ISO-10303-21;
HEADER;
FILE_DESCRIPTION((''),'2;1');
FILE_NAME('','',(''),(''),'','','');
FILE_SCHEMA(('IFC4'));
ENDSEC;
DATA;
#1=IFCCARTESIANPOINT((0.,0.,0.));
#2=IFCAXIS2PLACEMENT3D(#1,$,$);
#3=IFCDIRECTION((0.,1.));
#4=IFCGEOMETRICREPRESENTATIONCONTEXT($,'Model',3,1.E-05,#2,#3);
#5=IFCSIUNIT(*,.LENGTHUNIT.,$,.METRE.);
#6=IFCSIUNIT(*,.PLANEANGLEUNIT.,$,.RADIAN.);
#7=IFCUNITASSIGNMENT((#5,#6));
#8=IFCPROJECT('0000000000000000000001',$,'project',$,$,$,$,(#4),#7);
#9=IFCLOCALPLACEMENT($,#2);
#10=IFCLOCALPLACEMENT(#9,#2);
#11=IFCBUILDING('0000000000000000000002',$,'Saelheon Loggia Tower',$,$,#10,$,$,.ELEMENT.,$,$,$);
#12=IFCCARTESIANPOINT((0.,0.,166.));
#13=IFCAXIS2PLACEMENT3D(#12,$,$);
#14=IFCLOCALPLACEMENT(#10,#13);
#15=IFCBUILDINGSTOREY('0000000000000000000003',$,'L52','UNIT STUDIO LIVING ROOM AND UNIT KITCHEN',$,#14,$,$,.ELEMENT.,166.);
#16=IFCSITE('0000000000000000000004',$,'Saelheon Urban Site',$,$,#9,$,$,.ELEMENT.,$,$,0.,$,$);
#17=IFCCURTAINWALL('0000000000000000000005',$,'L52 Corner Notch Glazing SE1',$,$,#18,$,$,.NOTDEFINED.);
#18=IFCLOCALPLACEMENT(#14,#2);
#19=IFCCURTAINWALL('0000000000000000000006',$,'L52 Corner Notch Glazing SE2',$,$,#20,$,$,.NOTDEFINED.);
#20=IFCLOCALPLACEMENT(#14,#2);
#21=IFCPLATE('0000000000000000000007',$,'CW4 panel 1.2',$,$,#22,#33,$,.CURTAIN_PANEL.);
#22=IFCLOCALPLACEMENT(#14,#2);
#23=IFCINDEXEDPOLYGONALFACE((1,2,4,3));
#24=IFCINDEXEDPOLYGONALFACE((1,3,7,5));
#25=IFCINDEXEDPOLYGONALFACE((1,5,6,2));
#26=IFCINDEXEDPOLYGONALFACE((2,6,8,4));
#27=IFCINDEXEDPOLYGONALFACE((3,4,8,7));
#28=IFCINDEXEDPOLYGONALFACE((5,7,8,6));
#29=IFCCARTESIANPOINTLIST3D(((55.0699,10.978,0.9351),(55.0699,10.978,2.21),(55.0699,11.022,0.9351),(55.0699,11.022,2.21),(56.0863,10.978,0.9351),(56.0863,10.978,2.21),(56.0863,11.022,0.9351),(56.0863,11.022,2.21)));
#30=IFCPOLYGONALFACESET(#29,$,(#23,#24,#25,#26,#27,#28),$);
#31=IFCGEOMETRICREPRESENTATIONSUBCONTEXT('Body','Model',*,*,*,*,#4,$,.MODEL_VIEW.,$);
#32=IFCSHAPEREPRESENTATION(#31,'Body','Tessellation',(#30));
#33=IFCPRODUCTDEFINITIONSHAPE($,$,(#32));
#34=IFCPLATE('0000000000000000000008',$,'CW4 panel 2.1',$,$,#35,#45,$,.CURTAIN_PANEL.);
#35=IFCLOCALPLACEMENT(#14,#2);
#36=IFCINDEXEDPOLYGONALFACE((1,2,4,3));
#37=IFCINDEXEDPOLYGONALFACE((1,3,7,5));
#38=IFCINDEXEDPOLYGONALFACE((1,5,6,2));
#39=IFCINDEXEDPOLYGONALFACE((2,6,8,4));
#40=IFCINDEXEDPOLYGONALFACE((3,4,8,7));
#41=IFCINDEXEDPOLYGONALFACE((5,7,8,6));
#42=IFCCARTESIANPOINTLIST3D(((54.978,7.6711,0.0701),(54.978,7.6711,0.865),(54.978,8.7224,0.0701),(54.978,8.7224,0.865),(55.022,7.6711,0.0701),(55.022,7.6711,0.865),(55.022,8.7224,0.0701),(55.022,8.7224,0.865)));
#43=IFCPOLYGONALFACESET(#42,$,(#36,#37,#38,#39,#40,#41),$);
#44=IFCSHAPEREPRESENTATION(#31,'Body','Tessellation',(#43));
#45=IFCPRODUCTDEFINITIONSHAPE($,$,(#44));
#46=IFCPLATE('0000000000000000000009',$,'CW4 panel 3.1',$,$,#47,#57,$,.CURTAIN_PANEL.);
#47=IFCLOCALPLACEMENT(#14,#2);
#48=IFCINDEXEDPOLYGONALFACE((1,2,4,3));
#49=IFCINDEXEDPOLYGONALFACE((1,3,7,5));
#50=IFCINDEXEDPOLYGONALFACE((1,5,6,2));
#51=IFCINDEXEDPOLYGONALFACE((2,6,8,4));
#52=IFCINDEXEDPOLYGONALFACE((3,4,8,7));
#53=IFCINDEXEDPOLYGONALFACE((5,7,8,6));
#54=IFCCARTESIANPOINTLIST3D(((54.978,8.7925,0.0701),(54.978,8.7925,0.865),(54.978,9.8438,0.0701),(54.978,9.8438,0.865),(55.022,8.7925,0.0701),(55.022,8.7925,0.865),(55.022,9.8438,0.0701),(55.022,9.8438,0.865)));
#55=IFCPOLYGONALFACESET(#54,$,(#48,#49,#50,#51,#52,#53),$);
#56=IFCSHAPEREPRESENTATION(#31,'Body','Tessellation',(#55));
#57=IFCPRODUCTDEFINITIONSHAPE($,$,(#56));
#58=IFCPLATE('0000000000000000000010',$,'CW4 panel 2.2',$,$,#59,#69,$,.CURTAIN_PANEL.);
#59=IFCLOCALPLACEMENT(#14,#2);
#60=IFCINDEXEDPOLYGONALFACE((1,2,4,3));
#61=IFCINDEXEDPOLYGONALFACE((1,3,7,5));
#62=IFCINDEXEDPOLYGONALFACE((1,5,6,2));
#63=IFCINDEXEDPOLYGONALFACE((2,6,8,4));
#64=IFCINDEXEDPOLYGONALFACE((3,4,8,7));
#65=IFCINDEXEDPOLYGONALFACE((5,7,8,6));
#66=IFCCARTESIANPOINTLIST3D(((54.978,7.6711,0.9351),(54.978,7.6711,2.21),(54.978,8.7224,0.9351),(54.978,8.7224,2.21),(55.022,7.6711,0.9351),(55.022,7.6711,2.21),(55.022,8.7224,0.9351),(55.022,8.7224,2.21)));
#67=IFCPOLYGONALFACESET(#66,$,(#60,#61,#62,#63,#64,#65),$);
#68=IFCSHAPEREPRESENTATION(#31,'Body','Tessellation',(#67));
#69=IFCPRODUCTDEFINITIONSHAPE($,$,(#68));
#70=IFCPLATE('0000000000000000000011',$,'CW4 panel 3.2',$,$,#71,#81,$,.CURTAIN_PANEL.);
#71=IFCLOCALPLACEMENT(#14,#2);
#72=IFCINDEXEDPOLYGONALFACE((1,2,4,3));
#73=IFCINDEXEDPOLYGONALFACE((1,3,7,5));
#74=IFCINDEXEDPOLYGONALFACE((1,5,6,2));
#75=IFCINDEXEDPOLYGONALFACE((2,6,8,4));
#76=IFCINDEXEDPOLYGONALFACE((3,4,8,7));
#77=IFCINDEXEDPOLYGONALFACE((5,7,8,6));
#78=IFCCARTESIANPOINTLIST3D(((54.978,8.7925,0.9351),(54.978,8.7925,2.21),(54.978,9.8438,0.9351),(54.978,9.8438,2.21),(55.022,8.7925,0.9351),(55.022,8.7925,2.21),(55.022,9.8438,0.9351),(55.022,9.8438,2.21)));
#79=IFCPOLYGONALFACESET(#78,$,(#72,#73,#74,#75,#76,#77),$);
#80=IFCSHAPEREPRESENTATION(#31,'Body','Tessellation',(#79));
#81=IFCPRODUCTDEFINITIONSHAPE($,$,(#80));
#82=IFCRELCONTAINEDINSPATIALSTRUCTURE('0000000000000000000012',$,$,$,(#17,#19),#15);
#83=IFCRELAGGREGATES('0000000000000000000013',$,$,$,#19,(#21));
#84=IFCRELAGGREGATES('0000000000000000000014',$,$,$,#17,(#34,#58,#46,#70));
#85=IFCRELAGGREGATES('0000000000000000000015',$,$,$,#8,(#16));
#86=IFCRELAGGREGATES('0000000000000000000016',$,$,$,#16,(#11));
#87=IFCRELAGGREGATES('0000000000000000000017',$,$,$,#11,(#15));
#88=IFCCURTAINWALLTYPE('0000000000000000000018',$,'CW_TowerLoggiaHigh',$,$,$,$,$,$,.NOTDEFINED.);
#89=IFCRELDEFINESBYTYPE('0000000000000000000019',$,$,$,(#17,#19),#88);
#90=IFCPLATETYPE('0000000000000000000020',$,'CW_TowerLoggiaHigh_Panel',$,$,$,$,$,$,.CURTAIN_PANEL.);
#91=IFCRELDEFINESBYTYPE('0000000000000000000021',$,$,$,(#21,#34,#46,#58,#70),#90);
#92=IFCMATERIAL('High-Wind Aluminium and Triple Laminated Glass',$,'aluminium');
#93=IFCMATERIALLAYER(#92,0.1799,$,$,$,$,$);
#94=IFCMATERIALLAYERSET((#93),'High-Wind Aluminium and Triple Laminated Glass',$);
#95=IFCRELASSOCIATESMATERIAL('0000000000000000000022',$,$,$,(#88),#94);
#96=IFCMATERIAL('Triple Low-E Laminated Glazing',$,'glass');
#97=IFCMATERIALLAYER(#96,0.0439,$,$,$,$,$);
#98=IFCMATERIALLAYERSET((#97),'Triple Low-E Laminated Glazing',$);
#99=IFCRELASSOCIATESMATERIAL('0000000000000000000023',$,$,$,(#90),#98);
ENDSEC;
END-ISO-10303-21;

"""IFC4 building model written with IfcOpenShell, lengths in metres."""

from ifc_helpers import new_model, si_unit, direction, frame, origin, origin_2d, place, context, subcontext, project, spatial, rectangle, extrude, source, transform, mapped, material, layer, layer_set, type_object, element, aggregate, save


model = new_model("IFC4")

# Units and contexts
model_context = context("Model", 3, precision=1e-05, world=origin(), true_north=direction((0.0, 1.0)))
body_context = subcontext(model_context, "Body", "Model", "MODEL_VIEW")
ifc_project = project(units=[si_unit("LENGTHUNIT", "METRE"), si_unit("PLANEANGLEUNIT", "RADIAN")], contexts=[model_context])

# Site, building, storey
site_placement = place(None, origin())
site = spatial("IfcSite", under=ifc_project, at=site_placement, Name="Saelheon Urban Site", CompositionType="ELEMENT", RefElevation=0.0)
building_placement = place(site_placement, origin())
building = spatial("IfcBuilding", under=site, at=building_placement, Name="Saelheon Loggia Tower", CompositionType="ELEMENT")
storey_placement = place(building_placement, frame((0.0, 0.0, 166.0)))
storey = spatial("IfcBuildingStorey", under=building, at=storey_placement, Name="L52", Description="UNIT STUDIO LIVING ROOM AND UNIT KITCHEN", CompositionType="ELEMENT", Elevation=166.0)

# Curtain wall
ifc_material_1 = material(Name="High-Wind Aluminium and Triple Laminated Glass", Category="aluminium")
ifc_layer_1 = layer(ifc_material_1, 0.1799)
ifc_layer_set_1 = layer_set([ifc_layer_1], Name="High-Wind Aluminium and Triple Laminated Glass")
curtain_wall_type = type_object("IfcCurtainWallType", Name="CW_TowerLoggiaHigh", PredefinedType="NOTDEFINED", material=ifc_layer_set_1)
curtain_wall_1_placement = place(storey_placement, origin())
curtain_wall_1 = element("IfcCurtainWall", 1, at=curtain_wall_1_placement, inside=storey, type_object=curtain_wall_type, Name="L52 Corner Notch Glazing SE1", PredefinedType="NOTDEFINED")

# Curtain wall
curtain_wall_2_placement = place(storey_placement, origin())
curtain_wall_2 = element("IfcCurtainWall", 2, at=curtain_wall_2_placement, inside=storey, type_object=curtain_wall_type, Name="L52 Corner Notch Glazing SE2", PredefinedType="NOTDEFINED")

# Plates
ifc_material_2 = material(Name="Triple Low-E Laminated Glazing", Category="glass")
ifc_layer_2 = layer(ifc_material_2, 0.0439)
ifc_layer_set_2 = layer_set([ifc_layer_2], Name="Triple Low-E Laminated Glazing")
plate_type = type_object("IfcPlateType", Name="CW_TowerLoggiaHigh_Panel", PredefinedType="CURTAIN_PANEL", material=ifc_layer_set_2)
shared_shape_1 = source(origin(), body_context, "Body", "SweptSolid", [
    extrude(rectangle(XDim=1.0164, YDim=0.0439, at=origin_2d()), origin(), (0.0, 0.0, 1.0), 1.2749),
])
plate_1_placement = place(storey_placement, frame((55.5781, 11.0, 0.9351), z_axis=(0.0, 0.0, 1.0), x_axis=(1.0, 0.0, 0.0)))
plate_1 = element("IfcPlate", 3, at=plate_1_placement, type_object=plate_type, Name="CW4 panel 1.2", PredefinedType="CURTAIN_PANEL", context=body_context, shape_type="MappedRepresentation", body=[
    mapped(shared_shape_1, transform((0.0, 0.0, 0.0), scale=1.0)),
])
aggregate(curtain_wall_2, [plate_1])
shared_shape_2 = source(origin(), body_context, "Body", "SweptSolid", [
    extrude(rectangle(XDim=1.0513, YDim=0.0439, at=origin_2d()), origin(), (0.0, 0.0, 1.0), 0.7949),
])
plate_2_placement = place(storey_placement, frame((55.0, 8.1968, 0.0701), z_axis=(0.0, 0.0, 1.0), x_axis=(0.0, 1.0, 0.0)))
plate_2 = element("IfcPlate", 4, at=plate_2_placement, type_object=plate_type, Name="CW4 panel 2.1", PredefinedType="CURTAIN_PANEL", context=body_context, shape_type="MappedRepresentation", body=[
    mapped(shared_shape_2, transform((0.0, 0.0, 0.0), scale=1.0)),
])
plate_3_placement = place(storey_placement, frame((55.0, 9.3181, 0.0701), z_axis=(0.0, 0.0, 1.0), x_axis=(0.0, 1.0, 0.0)))
plate_3 = element("IfcPlate", 5, at=plate_3_placement, type_object=plate_type, Name="CW4 panel 3.1", PredefinedType="CURTAIN_PANEL", context=body_context, shape_type="MappedRepresentation", body=[
    mapped(shared_shape_2, transform((0.0, 0.0, 0.0), scale=1.0)),
])
shared_shape_3 = source(origin(), body_context, "Body", "SweptSolid", [
    extrude(rectangle(XDim=1.0513, YDim=0.0439, at=origin_2d()), origin(), (0.0, 0.0, 1.0), 1.2749),
])
plate_4_placement = place(storey_placement, frame((55.0, 8.1968, 0.9351), z_axis=(0.0, 0.0, 1.0), x_axis=(0.0, 1.0, 0.0)))
plate_4 = element("IfcPlate", 6, at=plate_4_placement, type_object=plate_type, Name="CW4 panel 2.2", PredefinedType="CURTAIN_PANEL", context=body_context, shape_type="MappedRepresentation", body=[
    mapped(shared_shape_3, transform((0.0, 0.0, 0.0), scale=1.0)),
])
plate_5_placement = place(storey_placement, frame((55.0, 9.3181, 0.9351), z_axis=(0.0, 0.0, 1.0), x_axis=(0.0, 1.0, 0.0)))
plate_5 = element("IfcPlate", 7, at=plate_5_placement, type_object=plate_type, Name="CW4 panel 3.2", PredefinedType="CURTAIN_PANEL", context=body_context, shape_type="MappedRepresentation", body=[
    mapped(shared_shape_3, transform((0.0, 0.0, 0.0), scale=1.0)),
])
aggregate(curtain_wall_1, [plate_2, plate_4, plate_3, plate_5])

save(model, "model.ifc")
